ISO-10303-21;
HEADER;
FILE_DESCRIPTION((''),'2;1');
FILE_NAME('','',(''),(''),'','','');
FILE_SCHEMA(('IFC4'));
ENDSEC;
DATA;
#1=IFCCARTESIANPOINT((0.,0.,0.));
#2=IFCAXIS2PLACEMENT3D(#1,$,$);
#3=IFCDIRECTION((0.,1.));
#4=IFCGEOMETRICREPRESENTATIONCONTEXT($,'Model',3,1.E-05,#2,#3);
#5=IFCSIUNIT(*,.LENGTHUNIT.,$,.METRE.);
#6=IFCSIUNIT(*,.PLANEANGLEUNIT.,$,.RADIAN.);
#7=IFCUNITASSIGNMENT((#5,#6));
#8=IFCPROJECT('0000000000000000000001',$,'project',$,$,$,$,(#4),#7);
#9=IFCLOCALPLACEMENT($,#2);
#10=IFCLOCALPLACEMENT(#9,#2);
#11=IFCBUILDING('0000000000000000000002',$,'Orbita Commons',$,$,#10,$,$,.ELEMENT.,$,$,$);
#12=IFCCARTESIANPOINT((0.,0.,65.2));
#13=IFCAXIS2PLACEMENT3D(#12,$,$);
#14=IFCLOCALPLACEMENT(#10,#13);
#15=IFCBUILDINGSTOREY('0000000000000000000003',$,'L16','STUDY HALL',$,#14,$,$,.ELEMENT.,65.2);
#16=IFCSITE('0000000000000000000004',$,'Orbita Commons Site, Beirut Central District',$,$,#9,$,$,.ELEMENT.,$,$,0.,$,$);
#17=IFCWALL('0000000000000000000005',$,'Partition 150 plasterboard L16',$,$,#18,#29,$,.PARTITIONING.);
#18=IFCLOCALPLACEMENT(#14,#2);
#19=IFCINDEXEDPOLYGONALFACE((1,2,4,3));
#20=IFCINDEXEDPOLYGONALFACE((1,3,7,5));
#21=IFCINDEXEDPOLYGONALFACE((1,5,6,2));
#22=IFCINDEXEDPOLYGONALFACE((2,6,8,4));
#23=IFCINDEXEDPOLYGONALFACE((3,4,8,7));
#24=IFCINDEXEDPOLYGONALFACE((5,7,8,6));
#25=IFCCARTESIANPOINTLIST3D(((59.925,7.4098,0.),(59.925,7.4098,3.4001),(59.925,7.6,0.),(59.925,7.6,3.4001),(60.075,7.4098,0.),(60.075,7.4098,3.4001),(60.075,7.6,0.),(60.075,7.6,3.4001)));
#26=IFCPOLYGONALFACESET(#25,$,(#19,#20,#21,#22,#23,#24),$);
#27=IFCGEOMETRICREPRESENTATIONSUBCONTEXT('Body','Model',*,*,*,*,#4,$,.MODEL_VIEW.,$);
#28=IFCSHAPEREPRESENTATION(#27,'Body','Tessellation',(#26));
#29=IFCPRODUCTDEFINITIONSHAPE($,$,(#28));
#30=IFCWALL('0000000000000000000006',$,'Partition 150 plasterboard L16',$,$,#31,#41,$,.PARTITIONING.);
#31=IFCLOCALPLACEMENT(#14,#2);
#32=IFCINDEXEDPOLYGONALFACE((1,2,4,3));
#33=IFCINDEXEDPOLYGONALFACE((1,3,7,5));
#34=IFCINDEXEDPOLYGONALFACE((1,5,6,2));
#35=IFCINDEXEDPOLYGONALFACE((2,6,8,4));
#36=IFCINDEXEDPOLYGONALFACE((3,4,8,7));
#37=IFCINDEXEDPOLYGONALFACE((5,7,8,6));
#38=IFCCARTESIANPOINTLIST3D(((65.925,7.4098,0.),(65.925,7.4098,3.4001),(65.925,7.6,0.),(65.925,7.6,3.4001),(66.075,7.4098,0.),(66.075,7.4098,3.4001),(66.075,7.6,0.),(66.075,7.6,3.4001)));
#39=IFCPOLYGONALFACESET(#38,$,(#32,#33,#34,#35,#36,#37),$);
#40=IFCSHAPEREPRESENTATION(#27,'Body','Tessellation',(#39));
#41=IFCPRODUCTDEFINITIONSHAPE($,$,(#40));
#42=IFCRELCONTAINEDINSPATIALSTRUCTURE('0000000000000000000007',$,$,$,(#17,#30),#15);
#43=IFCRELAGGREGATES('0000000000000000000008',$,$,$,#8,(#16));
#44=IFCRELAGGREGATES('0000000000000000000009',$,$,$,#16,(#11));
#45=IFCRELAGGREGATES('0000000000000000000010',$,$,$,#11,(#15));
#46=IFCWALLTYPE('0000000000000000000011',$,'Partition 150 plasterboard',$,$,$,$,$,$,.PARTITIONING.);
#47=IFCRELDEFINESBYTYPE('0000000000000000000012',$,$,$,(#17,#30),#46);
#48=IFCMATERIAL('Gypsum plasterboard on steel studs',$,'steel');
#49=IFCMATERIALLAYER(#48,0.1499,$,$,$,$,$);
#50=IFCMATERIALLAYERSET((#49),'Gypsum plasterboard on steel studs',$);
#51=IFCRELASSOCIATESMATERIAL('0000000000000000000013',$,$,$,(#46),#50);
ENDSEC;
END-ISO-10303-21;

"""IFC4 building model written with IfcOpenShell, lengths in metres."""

from ifc_helpers import new_model, si_unit, direction, frame, frame_2d, origin, place, context, subcontext, project, spatial, rectangle, extrude, material, layer, layer_set, type_object, element, save


model = new_model("IFC4")

# Units and contexts
model_context = context("Model", 3, precision=1e-05, world=origin(), true_north=direction((0.0, 1.0)))
body_context = subcontext(model_context, "Body", "Model", "MODEL_VIEW")
ifc_project = project(units=[si_unit("LENGTHUNIT", "METRE"), si_unit("PLANEANGLEUNIT", "RADIAN")], contexts=[model_context])

# Site, building, storey
site_placement = place(None, origin())
site = spatial("IfcSite", under=ifc_project, at=site_placement, Name="Orbita Commons Site, Beirut Central District", CompositionType="ELEMENT", RefElevation=0.0)
building_placement = place(site_placement, origin())
building = spatial("IfcBuilding", under=site, at=building_placement, Name="Orbita Commons", CompositionType="ELEMENT")
storey_placement = place(building_placement, frame((0.0, 0.0, 65.2)))
storey = spatial("IfcBuildingStorey", under=building, at=storey_placement, Name="L16", Description="STUDY HALL", CompositionType="ELEMENT", Elevation=65.2)

# Walls
ifc_material_1 = material(Name="Gypsum plasterboard on steel studs", Category="steel")
ifc_layer_1 = layer(ifc_material_1, 0.1499)
ifc_layer_set_1 = layer_set([ifc_layer_1], Name="Gypsum plasterboard on steel studs")
wall_type_1 = type_object("IfcWallType", Name="Partition 150 plasterboard", PredefinedType="PARTITIONING", material=ifc_layer_set_1)
for number, where, z_axis, x_axis, name in (
    (1, (60.0, 7.6001, 0.0), (0.0, 0.0, 1.0), (0.0, -1.0, 0.0), "Partition 150 plasterboard L16"),
    (2, (66.0, 7.6001, 0.0), (0.0, 0.0, 1.0), (0.0, -1.0, 0.0), "Partition 150 plasterboard L16"),
):
    element("IfcWall", number, at=place(storey_placement, frame(where, z_axis=z_axis, x_axis=x_axis)), inside=storey, type_object=wall_type_1, Name=name, PredefinedType="PARTITIONING", context=body_context, shape_type="SweptSolid", body=[
        extrude(rectangle(XDim=0.1902, YDim=0.1499, at=frame_2d((0.0952, 0.0))), origin(), (0.0, 0.0, 1.0), 3.4001),
    ])

save(model, "model.ifc")
